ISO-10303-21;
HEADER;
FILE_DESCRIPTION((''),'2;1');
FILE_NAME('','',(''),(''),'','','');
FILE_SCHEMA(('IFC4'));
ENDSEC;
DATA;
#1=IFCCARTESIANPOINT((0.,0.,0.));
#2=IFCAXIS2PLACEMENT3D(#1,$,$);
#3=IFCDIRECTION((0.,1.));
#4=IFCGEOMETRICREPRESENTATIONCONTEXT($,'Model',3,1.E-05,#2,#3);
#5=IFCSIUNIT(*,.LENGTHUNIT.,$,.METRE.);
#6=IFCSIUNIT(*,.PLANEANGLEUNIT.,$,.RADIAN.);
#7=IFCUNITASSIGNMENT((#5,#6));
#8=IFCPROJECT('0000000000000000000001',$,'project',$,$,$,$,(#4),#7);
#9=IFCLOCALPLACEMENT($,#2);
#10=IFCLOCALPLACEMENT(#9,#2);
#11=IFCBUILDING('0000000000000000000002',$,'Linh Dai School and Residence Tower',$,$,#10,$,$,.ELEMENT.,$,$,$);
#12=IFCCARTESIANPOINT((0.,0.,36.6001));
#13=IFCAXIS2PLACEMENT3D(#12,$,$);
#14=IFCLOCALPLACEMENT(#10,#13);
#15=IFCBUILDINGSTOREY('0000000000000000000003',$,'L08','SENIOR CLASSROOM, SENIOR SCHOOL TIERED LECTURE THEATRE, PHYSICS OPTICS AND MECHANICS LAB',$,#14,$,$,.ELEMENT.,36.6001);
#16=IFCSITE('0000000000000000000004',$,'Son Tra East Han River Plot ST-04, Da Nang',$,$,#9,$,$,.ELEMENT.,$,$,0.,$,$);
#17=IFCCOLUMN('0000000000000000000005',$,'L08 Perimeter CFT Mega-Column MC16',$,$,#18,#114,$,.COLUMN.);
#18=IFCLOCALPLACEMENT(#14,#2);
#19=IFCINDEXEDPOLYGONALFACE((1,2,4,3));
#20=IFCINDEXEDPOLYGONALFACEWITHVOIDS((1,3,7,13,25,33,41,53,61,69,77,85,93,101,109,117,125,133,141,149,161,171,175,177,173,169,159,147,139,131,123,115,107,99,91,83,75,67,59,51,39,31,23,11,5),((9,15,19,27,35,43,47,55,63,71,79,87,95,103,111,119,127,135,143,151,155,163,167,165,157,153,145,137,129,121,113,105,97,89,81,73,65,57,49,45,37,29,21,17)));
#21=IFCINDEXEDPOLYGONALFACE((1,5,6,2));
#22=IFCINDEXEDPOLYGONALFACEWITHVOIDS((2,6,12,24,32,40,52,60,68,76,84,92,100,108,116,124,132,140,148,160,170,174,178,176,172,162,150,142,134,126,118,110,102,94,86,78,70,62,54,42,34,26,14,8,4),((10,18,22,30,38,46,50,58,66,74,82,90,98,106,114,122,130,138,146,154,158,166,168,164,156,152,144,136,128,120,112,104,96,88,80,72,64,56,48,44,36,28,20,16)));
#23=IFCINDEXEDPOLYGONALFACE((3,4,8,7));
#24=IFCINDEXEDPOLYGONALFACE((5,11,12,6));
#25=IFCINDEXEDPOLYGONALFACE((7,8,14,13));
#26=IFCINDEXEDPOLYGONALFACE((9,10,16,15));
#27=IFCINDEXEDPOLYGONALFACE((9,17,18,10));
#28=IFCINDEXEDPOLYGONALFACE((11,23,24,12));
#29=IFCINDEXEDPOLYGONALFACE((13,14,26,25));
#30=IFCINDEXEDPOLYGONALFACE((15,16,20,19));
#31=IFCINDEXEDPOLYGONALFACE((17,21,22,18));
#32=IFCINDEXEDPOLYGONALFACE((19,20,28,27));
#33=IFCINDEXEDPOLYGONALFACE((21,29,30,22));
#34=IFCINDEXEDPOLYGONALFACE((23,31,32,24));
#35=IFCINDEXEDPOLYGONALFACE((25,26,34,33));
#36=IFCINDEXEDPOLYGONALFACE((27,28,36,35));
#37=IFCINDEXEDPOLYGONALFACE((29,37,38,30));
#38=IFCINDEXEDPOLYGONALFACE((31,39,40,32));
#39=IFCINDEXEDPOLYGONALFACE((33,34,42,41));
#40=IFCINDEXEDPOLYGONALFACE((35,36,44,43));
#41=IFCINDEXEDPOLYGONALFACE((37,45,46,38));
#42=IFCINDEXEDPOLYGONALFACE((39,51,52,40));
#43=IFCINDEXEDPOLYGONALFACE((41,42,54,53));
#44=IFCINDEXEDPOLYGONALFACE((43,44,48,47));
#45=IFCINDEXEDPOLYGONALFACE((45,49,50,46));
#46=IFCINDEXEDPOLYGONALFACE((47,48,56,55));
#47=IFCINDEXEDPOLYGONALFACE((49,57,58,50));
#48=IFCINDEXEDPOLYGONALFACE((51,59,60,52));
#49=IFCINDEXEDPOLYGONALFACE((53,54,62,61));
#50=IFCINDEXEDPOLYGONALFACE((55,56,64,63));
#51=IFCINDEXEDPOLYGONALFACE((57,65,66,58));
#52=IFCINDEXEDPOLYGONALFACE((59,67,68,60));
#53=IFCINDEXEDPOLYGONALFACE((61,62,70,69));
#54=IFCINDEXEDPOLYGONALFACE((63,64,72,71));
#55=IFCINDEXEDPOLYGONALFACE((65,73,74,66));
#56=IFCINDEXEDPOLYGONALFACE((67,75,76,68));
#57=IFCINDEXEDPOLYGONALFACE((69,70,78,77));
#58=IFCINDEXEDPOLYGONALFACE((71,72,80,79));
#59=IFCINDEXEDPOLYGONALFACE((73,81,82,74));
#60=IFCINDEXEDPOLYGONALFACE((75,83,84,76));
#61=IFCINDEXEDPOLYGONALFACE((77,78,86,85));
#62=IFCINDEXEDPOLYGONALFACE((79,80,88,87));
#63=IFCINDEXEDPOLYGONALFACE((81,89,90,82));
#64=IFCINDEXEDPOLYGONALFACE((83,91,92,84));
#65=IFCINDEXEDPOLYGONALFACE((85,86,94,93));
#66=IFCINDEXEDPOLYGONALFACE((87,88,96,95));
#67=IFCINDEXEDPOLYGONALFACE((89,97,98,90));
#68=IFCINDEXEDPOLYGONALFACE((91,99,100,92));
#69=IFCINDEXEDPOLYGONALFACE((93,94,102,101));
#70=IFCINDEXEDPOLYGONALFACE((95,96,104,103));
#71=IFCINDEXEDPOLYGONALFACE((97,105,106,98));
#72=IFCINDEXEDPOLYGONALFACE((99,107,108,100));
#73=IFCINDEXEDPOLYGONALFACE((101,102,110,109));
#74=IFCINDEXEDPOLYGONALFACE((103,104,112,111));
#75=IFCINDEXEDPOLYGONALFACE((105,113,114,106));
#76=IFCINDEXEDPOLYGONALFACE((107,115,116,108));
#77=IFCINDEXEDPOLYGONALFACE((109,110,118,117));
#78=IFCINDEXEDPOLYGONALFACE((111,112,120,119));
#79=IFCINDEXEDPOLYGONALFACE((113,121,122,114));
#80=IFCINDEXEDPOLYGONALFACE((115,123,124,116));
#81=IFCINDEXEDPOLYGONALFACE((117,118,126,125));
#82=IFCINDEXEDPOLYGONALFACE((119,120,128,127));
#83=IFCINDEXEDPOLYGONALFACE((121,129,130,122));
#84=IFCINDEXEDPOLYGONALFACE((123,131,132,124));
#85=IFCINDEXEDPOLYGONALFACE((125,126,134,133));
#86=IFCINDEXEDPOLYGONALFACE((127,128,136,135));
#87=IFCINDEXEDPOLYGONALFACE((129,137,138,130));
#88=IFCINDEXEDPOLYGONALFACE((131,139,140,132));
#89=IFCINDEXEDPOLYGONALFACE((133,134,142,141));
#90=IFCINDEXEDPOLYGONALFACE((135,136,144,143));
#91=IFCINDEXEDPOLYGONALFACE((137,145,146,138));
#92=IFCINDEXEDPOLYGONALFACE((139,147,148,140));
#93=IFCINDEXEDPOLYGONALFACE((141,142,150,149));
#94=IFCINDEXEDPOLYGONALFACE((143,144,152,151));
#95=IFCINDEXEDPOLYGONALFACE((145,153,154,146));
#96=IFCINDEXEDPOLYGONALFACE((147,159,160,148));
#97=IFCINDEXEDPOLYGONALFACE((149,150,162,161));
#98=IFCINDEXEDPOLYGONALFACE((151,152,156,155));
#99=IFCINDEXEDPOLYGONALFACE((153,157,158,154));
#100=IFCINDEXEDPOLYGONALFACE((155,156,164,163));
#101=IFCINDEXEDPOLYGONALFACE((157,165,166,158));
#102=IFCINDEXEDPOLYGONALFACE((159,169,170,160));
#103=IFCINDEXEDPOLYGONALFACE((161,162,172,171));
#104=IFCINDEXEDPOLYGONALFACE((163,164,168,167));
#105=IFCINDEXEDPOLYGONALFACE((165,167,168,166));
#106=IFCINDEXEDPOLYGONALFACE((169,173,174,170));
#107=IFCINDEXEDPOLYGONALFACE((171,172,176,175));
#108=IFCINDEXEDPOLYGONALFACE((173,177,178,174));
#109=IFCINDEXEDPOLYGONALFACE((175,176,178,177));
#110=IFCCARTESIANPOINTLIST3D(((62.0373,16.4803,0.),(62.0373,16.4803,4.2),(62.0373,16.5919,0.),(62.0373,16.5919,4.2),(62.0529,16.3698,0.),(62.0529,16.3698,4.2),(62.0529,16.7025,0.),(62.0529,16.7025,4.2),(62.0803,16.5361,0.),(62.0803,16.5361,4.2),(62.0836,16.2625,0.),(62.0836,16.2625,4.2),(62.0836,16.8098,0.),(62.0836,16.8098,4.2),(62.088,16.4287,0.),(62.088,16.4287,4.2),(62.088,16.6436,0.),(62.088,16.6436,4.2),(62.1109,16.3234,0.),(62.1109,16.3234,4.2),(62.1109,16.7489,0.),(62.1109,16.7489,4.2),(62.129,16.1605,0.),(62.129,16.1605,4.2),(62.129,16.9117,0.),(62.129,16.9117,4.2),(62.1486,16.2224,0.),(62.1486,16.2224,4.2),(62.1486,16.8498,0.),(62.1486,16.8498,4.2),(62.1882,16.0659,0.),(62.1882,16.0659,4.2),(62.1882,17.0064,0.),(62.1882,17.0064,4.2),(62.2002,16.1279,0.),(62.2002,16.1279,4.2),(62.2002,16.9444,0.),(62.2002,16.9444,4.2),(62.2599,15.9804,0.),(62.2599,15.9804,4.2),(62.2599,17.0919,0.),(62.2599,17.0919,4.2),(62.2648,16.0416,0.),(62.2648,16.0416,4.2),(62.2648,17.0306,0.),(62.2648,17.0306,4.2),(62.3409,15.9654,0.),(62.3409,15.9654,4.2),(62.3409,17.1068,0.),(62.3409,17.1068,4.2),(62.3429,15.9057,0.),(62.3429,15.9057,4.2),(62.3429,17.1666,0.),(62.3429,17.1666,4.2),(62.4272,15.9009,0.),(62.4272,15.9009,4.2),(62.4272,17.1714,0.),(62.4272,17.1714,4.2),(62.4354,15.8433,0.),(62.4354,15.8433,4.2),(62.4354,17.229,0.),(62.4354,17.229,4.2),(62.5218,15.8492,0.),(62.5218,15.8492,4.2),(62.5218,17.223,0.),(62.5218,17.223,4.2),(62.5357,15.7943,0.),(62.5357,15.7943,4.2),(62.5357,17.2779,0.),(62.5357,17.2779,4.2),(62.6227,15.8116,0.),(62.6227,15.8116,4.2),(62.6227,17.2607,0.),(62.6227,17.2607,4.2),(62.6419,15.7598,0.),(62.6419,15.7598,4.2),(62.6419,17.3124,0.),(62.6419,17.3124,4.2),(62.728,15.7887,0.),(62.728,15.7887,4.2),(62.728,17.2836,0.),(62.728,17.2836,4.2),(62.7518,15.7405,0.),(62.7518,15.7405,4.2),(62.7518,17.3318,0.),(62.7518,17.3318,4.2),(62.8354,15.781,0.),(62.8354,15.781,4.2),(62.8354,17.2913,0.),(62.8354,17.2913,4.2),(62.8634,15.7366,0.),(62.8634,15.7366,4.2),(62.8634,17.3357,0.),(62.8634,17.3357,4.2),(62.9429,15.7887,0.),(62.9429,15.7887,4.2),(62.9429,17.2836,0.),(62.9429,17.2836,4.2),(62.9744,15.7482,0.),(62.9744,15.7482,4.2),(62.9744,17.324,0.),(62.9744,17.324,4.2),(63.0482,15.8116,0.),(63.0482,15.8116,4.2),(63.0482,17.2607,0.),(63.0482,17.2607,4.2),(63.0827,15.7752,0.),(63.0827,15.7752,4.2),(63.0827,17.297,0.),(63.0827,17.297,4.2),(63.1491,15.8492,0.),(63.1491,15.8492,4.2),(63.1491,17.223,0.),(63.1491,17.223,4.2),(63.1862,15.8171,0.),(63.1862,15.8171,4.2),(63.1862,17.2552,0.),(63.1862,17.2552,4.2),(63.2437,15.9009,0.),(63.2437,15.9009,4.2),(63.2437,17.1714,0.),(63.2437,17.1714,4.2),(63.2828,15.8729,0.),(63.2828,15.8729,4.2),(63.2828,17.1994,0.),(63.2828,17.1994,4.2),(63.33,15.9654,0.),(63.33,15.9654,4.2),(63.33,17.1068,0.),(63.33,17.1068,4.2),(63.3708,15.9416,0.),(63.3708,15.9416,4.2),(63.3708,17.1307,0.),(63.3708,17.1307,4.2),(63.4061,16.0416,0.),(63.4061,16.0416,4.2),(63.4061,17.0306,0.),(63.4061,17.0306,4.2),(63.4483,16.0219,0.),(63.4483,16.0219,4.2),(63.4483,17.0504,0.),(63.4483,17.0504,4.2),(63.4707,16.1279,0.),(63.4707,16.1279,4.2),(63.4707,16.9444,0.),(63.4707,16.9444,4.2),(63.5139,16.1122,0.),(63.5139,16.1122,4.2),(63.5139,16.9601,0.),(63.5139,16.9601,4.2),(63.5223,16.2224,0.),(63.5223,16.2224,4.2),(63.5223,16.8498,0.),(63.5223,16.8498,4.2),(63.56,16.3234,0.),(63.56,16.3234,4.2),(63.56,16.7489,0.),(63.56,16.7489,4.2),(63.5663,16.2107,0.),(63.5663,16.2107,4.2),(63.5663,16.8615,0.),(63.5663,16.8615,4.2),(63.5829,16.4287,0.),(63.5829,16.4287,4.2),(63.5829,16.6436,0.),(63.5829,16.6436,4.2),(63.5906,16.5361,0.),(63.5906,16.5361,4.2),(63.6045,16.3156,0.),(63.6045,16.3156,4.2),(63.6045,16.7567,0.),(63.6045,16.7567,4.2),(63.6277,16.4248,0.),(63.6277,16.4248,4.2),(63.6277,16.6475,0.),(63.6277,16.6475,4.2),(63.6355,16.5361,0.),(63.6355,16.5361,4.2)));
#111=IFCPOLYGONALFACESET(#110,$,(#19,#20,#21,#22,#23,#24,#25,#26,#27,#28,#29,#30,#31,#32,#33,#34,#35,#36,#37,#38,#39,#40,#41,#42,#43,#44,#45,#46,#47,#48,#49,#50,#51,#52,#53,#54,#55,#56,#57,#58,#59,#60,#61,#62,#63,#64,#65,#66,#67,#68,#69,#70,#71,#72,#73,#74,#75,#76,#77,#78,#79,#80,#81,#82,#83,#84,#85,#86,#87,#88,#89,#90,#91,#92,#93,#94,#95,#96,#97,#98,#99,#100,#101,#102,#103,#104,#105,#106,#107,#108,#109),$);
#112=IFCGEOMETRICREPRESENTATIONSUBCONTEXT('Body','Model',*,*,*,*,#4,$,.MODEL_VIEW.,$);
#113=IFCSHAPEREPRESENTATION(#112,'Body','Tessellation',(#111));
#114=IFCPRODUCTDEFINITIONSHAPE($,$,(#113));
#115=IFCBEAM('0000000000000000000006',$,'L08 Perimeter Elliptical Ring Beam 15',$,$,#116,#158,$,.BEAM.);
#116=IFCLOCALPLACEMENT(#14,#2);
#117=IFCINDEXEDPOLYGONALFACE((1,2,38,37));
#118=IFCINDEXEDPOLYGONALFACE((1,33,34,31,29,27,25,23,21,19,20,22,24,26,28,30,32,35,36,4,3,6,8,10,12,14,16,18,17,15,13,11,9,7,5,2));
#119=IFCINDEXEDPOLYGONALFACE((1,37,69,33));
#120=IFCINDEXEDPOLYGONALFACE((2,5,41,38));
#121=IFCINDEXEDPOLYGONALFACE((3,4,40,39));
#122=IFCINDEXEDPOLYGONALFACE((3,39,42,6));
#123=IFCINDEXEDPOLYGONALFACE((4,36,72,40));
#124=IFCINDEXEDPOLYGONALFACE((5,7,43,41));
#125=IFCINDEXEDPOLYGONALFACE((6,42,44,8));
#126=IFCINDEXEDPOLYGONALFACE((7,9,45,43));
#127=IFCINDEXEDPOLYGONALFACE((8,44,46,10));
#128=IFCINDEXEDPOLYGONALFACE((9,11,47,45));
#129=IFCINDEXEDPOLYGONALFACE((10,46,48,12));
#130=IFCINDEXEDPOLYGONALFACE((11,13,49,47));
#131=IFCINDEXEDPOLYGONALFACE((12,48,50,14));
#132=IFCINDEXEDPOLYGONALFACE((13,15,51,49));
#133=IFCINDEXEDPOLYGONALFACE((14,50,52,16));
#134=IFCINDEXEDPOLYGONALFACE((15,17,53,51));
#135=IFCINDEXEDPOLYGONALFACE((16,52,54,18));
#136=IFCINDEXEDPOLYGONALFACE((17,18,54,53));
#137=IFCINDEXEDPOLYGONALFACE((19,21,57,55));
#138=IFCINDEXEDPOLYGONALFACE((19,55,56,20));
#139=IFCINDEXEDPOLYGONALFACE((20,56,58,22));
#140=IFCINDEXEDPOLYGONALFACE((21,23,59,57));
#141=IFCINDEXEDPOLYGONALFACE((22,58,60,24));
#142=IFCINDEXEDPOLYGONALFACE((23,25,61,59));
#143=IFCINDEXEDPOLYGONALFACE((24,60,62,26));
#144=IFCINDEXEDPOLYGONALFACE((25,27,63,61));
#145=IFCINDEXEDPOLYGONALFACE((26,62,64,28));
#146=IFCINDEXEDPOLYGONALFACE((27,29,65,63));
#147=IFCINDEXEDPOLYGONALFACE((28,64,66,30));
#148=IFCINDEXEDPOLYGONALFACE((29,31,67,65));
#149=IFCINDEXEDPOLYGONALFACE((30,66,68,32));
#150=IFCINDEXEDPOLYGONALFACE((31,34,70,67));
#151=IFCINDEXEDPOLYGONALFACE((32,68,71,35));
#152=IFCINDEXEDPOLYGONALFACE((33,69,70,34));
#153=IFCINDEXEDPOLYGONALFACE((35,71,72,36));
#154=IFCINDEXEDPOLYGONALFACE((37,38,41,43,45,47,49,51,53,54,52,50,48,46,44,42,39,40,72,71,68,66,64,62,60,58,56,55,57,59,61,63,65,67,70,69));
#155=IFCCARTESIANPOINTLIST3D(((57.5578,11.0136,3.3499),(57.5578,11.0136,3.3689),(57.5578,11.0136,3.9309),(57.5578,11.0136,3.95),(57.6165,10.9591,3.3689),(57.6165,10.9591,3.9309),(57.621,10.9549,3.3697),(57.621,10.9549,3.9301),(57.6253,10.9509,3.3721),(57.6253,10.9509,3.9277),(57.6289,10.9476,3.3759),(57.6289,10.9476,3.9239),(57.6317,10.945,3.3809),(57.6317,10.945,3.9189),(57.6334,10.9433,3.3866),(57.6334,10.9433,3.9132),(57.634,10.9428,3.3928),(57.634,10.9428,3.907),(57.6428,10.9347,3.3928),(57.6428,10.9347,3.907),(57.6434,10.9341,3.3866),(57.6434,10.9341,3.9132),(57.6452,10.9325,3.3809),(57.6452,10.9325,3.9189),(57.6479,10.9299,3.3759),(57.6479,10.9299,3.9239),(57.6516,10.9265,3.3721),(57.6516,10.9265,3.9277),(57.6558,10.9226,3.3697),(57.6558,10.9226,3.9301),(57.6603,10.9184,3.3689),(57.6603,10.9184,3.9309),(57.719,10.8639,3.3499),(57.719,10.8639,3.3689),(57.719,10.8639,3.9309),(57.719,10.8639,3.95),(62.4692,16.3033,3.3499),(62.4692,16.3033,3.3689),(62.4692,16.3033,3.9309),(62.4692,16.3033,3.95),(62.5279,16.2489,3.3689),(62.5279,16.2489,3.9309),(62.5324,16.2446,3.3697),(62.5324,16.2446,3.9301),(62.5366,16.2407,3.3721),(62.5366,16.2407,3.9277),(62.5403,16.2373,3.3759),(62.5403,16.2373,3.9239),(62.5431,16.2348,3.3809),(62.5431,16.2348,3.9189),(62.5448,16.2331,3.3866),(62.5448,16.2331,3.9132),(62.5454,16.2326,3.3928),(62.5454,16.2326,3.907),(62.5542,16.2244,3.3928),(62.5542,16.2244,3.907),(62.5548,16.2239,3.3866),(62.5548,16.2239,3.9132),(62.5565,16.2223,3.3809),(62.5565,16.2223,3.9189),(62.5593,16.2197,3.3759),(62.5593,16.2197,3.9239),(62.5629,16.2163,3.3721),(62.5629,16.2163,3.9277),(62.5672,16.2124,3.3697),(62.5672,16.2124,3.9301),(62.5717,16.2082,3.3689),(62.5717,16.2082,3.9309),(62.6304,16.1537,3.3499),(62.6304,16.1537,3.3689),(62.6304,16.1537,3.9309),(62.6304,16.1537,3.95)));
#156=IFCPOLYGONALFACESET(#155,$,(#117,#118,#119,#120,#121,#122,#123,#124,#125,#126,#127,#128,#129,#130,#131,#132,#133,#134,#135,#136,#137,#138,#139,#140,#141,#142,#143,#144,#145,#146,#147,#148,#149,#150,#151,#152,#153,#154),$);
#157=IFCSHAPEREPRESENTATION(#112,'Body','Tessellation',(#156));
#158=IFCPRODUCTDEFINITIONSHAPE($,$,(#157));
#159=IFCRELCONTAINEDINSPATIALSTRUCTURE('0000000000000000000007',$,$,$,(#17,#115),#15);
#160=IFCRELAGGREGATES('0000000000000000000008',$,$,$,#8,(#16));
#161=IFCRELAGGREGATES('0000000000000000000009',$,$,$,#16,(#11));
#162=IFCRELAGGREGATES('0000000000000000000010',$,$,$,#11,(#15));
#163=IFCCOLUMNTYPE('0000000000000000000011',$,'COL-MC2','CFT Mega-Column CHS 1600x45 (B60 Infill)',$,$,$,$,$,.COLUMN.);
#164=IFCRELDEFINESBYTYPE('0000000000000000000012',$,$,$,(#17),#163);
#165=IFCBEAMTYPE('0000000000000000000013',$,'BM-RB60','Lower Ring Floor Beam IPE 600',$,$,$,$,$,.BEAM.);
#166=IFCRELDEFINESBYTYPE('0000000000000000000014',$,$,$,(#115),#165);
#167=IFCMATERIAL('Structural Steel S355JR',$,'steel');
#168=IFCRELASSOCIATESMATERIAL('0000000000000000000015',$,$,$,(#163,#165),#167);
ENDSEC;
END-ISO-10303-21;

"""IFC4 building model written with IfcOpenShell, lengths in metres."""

from ifc_helpers import new_model, si_unit, direction, frame, origin, origin_2d, place, context, subcontext, project, spatial, hollow_circle, i_section, extrude, material, material_profile, profile_set, type_object, element, save


model = new_model("IFC4")

# Units and contexts
model_context = context("Model", 3, precision=1e-05, world=origin(), true_north=direction((0.0, 1.0)))
body_context = subcontext(model_context, "Body", "Model", "MODEL_VIEW")
ifc_project = project(units=[si_unit("LENGTHUNIT", "METRE"), si_unit("PLANEANGLEUNIT", "RADIAN")], contexts=[model_context])

# Site, building, storey
site_placement = place(None, origin())
site = spatial("IfcSite", under=ifc_project, at=site_placement, Name="Son Tra East Han River Plot ST-04, Da Nang", CompositionType="ELEMENT", RefElevation=0.0)
building_placement = place(site_placement, origin())
building = spatial("IfcBuilding", under=site, at=building_placement, Name="Linh Dai School and Residence Tower", CompositionType="ELEMENT")
storey_placement = place(building_placement, frame((0.0, 0.0, 36.6001)))
storey = spatial("IfcBuildingStorey", under=building, at=storey_placement, Name="L08", Description="SENIOR CLASSROOM, SENIOR SCHOOL TIERED LECTURE THEATRE, PHYSICS OPTICS AND MECHANICS LAB", CompositionType="ELEMENT", Elevation=36.6001)

# Column
ifc_material_1 = material(Name="Structural Steel S355JR", Category="steel")
ifc_material_profile_1 = material_profile(ifc_material_1, hollow_circle(Radius=0.8, WallThickness=0.0449, at=origin_2d()), Name="CHS 1600x45")
ifc_profile_set_1 = profile_set([ifc_material_profile_1], Name="Structural Steel S355JR")
column_type_1 = type_object("IfcColumnType", Name="COL-MC2", Description="CFT Mega-Column CHS 1600x45 (B60 Infill)", PredefinedType="COLUMN", material=ifc_profile_set_1)
for number, where, z_axis, x_axis, name in (
    (1, (62.8354, 16.5361, 0.0), (0.0, 0.0, 1.0), (1.0, 0.0, 0.0), "L08 Perimeter CFT Mega-Column MC16"),
):
    element("IfcColumn", number, at=place(storey_placement, frame(where, z_axis=z_axis, x_axis=x_axis)), inside=storey, type_object=column_type_1, Name=name, PredefinedType="COLUMN", context=body_context, shape_type="SweptSolid", body=[
        extrude(hollow_circle(Radius=0.8, WallThickness=0.0449, at=origin_2d()), origin(), (0.0, 0.0, 1.0), 4.2),
    ])

# Beam
ifc_material_profile_2 = material_profile(ifc_material_1, i_section(OverallWidth=0.22, OverallDepth=0.6001, WebThickness=0.012, FlangeThickness=0.019, FilletRadius=0.0239, at=origin_2d()), Name="IPE 600")
ifc_profile_set_2 = profile_set([ifc_material_profile_2], Name="Structural Steel S355JR")
beam_type_1 = type_object("IfcBeamType", Name="BM-RB60", Description="Lower Ring Floor Beam IPE 600", PredefinedType="BEAM", material=ifc_profile_set_2)
beam_1_placement = place(storey_placement, frame((57.6384, 10.9387, 3.6499), z_axis=(0.680408, 0.732833, 0.0), x_axis=(-0.732833, 0.680408, 0.0)))
element("IfcBeam", 2, at=beam_1_placement, inside=storey, type_object=beam_type_1, Name="L08 Perimeter Elliptical Ring Beam 15", PredefinedType="BEAM", context=body_context, shape_type="SweptSolid", body=[
    extrude(i_section(OverallWidth=0.22, OverallDepth=0.6001, WebThickness=0.012, FlangeThickness=0.019, FilletRadius=0.0239, at=origin_2d()), origin(), (0.0, 0.0, 1.0), 7.2183),
])

save(model, "model.ifc")
